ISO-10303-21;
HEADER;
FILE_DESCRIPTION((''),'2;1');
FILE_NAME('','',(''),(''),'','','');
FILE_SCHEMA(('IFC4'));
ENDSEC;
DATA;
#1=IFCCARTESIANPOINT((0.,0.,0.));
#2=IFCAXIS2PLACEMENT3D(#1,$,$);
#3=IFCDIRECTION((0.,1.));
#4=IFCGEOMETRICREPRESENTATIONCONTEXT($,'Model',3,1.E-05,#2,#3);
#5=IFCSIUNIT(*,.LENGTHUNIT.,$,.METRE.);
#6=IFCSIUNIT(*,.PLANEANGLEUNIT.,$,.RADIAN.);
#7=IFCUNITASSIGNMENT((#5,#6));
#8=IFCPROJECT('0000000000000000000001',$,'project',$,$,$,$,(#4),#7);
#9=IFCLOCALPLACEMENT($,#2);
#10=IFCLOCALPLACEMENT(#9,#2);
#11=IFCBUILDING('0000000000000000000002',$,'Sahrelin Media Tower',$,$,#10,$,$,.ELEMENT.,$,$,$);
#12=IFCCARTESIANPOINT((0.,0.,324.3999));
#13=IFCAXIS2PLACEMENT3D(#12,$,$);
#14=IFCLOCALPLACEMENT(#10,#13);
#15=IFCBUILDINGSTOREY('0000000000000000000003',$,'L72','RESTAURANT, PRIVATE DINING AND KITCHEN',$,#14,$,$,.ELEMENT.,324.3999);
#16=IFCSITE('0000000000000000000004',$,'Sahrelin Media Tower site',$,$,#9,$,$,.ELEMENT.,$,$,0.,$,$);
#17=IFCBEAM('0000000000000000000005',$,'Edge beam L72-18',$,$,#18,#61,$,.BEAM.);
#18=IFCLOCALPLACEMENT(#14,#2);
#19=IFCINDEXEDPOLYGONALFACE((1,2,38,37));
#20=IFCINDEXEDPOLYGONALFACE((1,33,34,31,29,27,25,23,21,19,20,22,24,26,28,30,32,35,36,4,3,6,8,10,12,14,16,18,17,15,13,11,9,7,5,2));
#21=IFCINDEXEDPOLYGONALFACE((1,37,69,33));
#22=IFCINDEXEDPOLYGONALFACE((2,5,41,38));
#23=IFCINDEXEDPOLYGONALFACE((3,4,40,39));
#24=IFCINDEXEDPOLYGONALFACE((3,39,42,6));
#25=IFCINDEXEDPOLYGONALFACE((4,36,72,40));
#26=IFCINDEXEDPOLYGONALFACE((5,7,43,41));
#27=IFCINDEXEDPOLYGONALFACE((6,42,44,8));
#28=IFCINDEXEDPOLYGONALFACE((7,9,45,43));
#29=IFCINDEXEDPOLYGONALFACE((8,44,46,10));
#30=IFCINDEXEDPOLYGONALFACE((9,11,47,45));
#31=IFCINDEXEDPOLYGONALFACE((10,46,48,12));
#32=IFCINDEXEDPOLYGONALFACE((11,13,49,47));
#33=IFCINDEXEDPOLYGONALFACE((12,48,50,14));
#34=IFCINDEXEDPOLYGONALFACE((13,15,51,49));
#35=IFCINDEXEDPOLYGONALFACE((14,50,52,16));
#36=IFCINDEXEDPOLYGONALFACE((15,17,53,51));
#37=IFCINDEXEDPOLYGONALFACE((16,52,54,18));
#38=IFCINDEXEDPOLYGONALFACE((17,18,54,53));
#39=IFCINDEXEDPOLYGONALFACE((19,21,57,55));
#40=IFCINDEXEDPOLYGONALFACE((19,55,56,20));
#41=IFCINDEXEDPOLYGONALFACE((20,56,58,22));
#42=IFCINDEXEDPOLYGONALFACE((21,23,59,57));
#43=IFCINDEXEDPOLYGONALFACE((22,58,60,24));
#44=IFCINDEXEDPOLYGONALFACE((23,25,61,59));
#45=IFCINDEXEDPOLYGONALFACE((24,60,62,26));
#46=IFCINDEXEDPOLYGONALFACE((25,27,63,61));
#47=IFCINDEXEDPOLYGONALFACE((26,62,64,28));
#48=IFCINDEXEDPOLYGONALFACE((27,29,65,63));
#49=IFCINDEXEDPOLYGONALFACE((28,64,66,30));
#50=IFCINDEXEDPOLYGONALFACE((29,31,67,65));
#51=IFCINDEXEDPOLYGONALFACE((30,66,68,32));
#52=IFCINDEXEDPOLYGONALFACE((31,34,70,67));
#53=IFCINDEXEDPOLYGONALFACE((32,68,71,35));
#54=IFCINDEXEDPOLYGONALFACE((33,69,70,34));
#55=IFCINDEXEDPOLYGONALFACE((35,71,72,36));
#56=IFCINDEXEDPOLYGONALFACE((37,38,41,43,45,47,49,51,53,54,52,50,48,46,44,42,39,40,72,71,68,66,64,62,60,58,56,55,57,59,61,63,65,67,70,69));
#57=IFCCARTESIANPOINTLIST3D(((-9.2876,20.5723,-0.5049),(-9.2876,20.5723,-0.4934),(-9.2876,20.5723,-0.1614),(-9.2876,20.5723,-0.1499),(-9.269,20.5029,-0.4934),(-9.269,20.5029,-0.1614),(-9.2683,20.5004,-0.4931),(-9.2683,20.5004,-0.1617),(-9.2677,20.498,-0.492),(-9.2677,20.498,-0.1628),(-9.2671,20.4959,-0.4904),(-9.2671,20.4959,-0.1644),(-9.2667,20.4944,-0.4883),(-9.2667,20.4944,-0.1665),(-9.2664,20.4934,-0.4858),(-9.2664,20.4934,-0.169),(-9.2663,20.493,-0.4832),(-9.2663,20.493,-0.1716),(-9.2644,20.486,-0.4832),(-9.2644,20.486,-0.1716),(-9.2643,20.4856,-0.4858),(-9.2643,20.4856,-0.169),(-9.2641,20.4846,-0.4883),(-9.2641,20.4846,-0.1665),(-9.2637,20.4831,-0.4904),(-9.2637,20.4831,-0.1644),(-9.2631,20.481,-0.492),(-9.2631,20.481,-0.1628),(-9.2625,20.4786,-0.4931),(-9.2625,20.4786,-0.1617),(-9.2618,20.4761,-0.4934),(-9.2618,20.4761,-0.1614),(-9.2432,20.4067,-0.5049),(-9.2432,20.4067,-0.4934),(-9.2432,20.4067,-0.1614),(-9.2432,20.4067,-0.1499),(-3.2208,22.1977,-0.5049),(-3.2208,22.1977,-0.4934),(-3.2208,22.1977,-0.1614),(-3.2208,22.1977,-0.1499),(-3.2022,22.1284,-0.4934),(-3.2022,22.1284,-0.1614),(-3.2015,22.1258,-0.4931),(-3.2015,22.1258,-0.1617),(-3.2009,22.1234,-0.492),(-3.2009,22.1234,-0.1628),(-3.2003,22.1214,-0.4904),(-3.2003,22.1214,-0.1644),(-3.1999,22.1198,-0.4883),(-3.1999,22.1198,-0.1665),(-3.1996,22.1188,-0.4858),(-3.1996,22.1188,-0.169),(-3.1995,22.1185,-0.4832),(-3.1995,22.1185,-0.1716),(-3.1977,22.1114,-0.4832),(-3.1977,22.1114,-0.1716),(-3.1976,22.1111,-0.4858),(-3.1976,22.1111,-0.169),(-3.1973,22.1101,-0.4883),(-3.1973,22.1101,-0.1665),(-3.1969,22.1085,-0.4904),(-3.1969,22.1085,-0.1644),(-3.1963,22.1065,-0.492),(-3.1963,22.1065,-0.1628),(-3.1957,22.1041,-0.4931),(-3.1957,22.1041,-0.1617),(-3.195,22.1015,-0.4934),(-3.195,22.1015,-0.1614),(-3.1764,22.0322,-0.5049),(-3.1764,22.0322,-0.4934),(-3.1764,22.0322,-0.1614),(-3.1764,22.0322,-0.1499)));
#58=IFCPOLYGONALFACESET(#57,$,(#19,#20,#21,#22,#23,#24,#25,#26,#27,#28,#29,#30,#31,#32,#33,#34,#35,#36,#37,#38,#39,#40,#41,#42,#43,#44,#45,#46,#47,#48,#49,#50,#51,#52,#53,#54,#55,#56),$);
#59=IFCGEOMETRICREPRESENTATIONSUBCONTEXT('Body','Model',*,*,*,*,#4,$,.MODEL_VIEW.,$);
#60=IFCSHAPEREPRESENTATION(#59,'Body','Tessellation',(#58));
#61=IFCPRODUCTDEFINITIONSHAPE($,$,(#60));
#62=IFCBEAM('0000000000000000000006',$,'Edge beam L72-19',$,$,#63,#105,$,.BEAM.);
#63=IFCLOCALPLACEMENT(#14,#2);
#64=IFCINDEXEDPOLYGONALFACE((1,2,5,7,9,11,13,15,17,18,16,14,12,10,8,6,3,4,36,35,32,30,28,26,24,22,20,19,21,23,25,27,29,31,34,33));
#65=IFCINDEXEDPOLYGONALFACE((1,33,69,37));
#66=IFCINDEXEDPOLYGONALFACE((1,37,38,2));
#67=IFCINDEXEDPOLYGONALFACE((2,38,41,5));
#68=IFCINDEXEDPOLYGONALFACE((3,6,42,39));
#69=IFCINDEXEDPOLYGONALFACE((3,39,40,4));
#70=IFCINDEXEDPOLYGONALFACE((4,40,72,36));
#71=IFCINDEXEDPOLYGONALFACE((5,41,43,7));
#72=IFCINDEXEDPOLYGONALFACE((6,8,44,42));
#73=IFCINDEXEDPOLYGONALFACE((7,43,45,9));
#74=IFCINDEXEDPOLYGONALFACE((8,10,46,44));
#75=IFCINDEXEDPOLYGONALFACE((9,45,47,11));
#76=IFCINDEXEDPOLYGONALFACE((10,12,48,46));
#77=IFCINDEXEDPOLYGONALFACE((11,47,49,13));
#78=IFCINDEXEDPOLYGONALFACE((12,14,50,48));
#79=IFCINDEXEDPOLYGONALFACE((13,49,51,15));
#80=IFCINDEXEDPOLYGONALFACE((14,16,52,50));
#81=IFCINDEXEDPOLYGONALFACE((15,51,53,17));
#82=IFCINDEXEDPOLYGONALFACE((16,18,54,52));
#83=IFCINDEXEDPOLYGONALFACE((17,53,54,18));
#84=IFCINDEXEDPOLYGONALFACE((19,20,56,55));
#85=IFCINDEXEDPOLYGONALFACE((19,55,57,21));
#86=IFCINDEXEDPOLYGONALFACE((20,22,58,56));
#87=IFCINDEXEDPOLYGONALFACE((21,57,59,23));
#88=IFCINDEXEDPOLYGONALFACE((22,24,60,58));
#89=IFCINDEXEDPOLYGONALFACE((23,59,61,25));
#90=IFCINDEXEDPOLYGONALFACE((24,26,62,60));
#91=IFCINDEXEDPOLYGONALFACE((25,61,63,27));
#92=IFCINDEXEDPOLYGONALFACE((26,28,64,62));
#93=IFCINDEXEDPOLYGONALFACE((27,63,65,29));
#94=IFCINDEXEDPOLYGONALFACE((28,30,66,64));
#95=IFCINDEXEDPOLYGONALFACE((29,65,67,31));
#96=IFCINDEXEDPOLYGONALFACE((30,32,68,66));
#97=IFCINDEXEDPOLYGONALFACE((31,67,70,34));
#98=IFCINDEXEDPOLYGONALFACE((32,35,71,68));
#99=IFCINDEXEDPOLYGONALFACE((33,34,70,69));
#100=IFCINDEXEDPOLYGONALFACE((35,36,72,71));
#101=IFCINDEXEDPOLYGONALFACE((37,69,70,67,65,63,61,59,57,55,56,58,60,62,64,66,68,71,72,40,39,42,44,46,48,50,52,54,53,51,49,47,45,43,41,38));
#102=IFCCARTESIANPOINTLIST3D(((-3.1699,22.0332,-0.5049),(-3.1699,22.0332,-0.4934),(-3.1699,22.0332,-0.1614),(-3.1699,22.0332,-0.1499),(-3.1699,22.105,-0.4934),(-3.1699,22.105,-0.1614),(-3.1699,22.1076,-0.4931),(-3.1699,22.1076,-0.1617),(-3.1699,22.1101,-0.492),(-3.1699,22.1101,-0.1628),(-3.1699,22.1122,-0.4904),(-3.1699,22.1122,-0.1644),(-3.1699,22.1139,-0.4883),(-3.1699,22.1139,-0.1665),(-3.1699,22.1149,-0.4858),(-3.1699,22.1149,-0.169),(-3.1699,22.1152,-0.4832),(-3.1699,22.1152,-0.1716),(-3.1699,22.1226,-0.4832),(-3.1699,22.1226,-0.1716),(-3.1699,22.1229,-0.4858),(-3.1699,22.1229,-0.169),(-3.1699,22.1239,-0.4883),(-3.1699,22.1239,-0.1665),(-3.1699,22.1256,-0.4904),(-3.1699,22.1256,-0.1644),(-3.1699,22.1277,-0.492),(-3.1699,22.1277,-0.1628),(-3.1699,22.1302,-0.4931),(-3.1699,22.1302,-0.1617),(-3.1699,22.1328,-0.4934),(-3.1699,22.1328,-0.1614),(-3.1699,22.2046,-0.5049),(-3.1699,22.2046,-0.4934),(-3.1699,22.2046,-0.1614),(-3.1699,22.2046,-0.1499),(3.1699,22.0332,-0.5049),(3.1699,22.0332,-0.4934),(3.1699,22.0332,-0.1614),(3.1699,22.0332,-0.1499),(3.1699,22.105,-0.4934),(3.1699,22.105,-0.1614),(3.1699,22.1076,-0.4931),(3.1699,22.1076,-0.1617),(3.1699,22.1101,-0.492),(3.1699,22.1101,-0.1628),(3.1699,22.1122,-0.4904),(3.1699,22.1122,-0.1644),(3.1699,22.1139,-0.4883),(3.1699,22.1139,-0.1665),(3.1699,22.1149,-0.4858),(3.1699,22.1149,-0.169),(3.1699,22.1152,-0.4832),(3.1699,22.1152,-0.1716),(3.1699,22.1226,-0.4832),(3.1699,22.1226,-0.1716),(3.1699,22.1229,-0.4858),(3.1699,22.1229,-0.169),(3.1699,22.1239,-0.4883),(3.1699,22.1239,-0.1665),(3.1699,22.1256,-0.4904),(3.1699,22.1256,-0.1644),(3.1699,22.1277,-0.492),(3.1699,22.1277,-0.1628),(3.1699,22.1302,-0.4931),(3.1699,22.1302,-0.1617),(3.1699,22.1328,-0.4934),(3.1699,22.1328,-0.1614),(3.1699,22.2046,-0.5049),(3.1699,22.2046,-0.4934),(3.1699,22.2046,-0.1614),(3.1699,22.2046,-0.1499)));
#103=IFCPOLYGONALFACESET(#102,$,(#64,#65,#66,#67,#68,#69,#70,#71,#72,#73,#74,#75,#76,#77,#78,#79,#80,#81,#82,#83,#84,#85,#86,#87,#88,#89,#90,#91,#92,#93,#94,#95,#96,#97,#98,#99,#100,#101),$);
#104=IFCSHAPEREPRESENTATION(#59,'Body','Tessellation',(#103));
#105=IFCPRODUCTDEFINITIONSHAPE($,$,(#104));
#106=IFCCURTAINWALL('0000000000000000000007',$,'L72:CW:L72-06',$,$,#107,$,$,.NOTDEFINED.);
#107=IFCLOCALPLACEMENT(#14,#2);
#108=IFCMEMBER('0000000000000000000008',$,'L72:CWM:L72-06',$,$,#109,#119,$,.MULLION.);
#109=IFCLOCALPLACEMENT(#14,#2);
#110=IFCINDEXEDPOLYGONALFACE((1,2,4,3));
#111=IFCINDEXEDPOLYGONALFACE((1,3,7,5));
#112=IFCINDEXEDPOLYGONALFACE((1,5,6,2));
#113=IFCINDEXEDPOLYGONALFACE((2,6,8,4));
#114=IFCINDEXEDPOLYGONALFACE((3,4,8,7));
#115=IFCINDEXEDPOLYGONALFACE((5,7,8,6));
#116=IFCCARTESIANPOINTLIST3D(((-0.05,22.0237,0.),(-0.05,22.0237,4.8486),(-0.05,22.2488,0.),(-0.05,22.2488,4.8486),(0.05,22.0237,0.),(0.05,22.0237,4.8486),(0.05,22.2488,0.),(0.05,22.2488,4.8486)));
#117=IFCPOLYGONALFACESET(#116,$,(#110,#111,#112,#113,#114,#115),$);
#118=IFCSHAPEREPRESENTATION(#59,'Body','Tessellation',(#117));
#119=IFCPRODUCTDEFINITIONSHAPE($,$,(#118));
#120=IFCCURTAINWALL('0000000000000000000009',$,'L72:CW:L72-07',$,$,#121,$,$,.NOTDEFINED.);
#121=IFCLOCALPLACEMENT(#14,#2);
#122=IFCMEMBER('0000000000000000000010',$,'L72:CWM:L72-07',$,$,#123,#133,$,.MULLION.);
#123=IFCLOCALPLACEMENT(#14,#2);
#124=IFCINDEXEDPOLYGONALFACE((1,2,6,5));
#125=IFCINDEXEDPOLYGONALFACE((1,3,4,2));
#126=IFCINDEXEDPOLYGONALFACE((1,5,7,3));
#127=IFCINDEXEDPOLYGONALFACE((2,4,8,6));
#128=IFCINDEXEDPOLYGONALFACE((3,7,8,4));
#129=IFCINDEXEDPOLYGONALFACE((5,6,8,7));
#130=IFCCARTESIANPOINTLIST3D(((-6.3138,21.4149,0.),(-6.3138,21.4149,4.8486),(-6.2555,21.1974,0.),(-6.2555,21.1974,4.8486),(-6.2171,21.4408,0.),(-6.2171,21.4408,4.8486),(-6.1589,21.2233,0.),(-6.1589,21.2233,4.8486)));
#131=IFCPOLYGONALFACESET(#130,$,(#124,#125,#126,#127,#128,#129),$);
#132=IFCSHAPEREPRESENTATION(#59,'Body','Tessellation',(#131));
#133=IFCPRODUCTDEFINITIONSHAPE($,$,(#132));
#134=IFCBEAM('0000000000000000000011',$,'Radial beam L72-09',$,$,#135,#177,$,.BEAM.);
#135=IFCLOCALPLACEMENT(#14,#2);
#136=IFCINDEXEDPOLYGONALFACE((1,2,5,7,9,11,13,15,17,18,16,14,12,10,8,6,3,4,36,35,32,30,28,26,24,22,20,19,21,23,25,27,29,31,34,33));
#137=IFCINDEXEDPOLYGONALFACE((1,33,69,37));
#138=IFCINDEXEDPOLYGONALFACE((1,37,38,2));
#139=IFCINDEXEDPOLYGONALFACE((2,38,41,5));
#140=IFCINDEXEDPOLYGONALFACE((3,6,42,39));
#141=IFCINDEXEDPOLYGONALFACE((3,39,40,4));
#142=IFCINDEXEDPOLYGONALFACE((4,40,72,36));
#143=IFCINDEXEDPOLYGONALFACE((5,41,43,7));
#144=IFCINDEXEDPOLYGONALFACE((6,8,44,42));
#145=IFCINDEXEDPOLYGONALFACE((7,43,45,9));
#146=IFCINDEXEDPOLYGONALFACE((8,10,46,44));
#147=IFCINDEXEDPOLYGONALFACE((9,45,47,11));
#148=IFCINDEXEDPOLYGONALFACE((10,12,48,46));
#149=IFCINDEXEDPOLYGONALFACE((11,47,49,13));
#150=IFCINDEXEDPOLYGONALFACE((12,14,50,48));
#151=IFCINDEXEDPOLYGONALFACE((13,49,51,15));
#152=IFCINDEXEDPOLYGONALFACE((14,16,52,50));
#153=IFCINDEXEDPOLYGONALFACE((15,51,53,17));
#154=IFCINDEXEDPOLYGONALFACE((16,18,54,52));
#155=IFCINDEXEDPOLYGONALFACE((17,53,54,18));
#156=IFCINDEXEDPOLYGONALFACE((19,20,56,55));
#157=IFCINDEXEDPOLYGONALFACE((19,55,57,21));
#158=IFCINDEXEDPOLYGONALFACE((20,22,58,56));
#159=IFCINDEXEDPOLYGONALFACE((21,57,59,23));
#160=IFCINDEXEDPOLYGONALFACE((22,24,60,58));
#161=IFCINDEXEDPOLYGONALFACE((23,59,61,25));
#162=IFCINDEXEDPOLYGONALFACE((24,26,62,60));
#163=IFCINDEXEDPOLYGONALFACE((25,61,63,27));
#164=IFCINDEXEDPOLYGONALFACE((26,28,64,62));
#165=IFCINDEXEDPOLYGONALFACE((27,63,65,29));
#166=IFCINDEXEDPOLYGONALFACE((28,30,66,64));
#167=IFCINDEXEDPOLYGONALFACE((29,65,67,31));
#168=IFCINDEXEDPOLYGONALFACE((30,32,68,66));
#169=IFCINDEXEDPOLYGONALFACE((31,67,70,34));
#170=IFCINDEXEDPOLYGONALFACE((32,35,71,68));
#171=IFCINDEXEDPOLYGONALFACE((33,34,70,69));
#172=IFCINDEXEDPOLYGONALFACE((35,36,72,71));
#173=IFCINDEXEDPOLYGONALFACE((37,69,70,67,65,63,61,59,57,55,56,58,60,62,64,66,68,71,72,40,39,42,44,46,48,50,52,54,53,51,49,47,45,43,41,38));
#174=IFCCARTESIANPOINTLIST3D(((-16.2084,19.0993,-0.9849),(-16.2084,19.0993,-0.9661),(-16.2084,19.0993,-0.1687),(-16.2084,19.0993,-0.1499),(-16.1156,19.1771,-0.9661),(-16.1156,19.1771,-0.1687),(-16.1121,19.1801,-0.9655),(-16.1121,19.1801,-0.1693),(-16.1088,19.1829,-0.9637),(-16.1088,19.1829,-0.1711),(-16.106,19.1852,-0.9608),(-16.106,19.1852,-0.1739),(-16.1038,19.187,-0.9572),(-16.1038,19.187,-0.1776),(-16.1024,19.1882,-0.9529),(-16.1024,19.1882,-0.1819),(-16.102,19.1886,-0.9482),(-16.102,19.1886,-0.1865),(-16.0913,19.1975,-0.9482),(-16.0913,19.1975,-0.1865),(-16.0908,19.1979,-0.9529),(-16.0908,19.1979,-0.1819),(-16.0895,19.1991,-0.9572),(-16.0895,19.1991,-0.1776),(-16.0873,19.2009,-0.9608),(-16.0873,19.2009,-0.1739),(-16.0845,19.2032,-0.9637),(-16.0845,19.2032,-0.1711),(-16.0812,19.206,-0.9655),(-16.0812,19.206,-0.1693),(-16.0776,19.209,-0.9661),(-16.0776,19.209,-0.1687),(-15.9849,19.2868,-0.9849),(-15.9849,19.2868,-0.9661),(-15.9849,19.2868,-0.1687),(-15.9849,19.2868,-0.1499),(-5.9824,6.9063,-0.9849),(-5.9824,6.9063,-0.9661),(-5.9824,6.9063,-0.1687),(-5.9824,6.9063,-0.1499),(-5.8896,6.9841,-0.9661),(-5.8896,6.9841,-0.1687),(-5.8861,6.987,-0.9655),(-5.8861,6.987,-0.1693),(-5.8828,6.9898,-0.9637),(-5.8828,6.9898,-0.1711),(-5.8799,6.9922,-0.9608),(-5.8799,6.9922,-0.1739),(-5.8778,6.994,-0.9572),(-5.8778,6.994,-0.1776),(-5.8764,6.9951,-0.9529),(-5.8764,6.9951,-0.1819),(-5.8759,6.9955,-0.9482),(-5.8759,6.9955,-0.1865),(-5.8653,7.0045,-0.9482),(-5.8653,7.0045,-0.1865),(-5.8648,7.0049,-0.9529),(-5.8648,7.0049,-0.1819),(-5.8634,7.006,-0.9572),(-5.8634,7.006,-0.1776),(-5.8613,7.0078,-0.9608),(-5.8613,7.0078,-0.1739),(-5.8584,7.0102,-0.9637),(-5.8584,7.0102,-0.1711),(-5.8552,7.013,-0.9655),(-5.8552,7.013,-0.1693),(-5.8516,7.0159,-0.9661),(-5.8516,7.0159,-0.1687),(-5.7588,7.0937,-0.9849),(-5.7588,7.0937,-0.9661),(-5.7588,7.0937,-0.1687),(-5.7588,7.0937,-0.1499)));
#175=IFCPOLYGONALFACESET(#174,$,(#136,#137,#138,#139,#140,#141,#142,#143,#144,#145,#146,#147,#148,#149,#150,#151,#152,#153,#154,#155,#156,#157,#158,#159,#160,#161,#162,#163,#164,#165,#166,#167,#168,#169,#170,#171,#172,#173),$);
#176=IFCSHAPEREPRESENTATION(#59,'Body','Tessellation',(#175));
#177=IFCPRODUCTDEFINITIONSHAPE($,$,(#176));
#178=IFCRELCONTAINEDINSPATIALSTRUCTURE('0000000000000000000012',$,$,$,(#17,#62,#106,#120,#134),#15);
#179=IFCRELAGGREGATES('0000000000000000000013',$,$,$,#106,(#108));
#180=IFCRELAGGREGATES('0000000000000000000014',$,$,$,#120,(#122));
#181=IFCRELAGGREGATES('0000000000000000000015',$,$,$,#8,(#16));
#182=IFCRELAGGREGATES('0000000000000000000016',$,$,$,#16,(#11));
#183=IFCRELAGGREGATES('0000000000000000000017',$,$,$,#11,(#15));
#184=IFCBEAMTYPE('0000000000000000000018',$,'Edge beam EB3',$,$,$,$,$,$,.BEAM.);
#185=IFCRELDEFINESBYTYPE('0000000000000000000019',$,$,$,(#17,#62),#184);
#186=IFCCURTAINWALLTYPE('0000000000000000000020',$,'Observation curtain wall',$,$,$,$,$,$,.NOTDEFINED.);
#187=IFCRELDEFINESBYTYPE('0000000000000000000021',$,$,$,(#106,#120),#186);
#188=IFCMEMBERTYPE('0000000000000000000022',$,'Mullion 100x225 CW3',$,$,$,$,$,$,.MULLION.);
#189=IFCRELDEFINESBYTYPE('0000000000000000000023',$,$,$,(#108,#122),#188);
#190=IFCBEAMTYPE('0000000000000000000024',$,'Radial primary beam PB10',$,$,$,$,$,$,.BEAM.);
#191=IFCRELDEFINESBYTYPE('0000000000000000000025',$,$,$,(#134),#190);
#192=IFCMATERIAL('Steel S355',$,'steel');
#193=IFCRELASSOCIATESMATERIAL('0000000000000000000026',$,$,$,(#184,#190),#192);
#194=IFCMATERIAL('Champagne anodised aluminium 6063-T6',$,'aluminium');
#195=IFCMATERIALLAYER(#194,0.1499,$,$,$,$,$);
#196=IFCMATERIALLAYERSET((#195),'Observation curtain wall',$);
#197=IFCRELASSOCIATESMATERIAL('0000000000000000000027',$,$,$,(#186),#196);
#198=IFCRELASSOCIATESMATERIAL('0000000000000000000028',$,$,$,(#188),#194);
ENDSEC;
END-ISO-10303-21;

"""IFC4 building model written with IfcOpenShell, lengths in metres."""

from ifc_helpers import new_model, si_unit, direction, frame, origin, origin_2d, place, context, subcontext, project, spatial, rectangle, i_section, extrude, material, layer, layer_set, material_profile, profile_set, type_object, element, aggregate, save


model = new_model("IFC4")

# Units and contexts
model_context = context("Model", 3, precision=1e-05, world=origin(), true_north=direction((0.0, 1.0)))
body_context = subcontext(model_context, "Body", "Model", "MODEL_VIEW")
ifc_project = project(units=[si_unit("LENGTHUNIT", "METRE"), si_unit("PLANEANGLEUNIT", "RADIAN")], contexts=[model_context])

# Site, building, storey
site_placement = place(None, origin())
site = spatial("IfcSite", under=ifc_project, at=site_placement, Name="Sahrelin Media Tower site", CompositionType="ELEMENT", RefElevation=0.0)
building_placement = place(site_placement, origin())
building = spatial("IfcBuilding", under=site, at=building_placement, Name="Sahrelin Media Tower", CompositionType="ELEMENT")
storey_placement = place(building_placement, frame((0.0, 0.0, 324.3999)))
storey = spatial("IfcBuildingStorey", under=building, at=storey_placement, Name="L72", Description="RESTAURANT, PRIVATE DINING AND KITCHEN", CompositionType="ELEMENT", Elevation=324.3999)

# Beams
ifc_material_1 = material(Name="Steel S355", Category="steel")
ifc_material_profile_1 = material_profile(ifc_material_1, i_section(OverallWidth=0.1714, OverallDepth=0.355, WebThickness=0.0073, FlangeThickness=0.0115, FilletRadius=0.0103, at=origin_2d()), Name="UB 356x171x51")
ifc_profile_set_1 = profile_set([ifc_material_profile_1], Name="Steel S355")
beam_type_1 = type_object("IfcBeamType", Name="Edge beam EB3", PredefinedType="BEAM", material=ifc_profile_set_1)
beam_1_placement = place(storey_placement, frame((-9.2654, 20.4895, -0.3274), z_axis=(0.965931, 0.2588, 0.0), x_axis=(-0.2588, 0.965931, 0.0)))
element("IfcBeam", 1, at=beam_1_placement, inside=storey, type_object=beam_type_1, Name="Edge beam L72-18", PredefinedType="BEAM", context=body_context, shape_type="SweptSolid", body=[
    extrude(i_section(OverallWidth=0.1714, OverallDepth=0.355, WebThickness=0.0073, FlangeThickness=0.0115, FilletRadius=0.0103, at=origin_2d()), origin(), (0.0, 0.0, 1.0), 6.2808),
])
beam_2_placement = place(storey_placement, frame((-3.1699, 22.1189, -0.3274), z_axis=(1.0, 0.0, 0.0), x_axis=(0.0, 1.0, 0.0)))
element("IfcBeam", 2, at=beam_2_placement, inside=storey, type_object=beam_type_1, Name="Edge beam L72-19", PredefinedType="BEAM", context=body_context, shape_type="SweptSolid", body=[
    extrude(i_section(OverallWidth=0.1714, OverallDepth=0.355, WebThickness=0.0073, FlangeThickness=0.0115, FilletRadius=0.0103, at=origin_2d()), origin(), (0.0, 0.0, 1.0), 6.3398),
])

# Curtain walls, members
ifc_material_2 = material(Name="Champagne anodised aluminium 6063-T6", Category="aluminium")
ifc_layer_1 = layer(ifc_material_2, 0.1499)
ifc_layer_set_1 = layer_set([ifc_layer_1], Name="Observation curtain wall")
curtain_wall_type = type_object("IfcCurtainWallType", Name="Observation curtain wall", PredefinedType="NOTDEFINED", material=ifc_layer_set_1)
placement_1 = place(storey_placement, frame((0.0, 22.2688, 0.0), z_axis=(0.0, 0.0, 1.0), x_axis=(1.0, 0.0, 0.0)))
curtain_wall_1 = element("IfcCurtainWall", 3, at=placement_1, inside=storey, type_object=curtain_wall_type, Name="L72:CW:L72-06", PredefinedType="NOTDEFINED")
ifc_material_profile_2 = material_profile(ifc_material_2, rectangle(XDim=0.1001, YDim=0.2251, at=origin_2d()), Name="Mullion 100x225")
ifc_profile_set_2 = profile_set([ifc_material_profile_2], Name="Champagne anodised aluminium 6063-T6")
member_type_1 = type_object("IfcMemberType", Name="Mullion 100x225 CW3", PredefinedType="MULLION", material=ifc_profile_set_2)
member_1_placement = place(storey_placement, frame((0.0, 22.1362, 0.0), z_axis=(0.0, 0.0, 1.0), x_axis=(-1.0, 0.0, 0.0)))
member_1 = element("IfcMember", 4, at=member_1_placement, type_object=member_type_1, Name="L72:CWM:L72-06", PredefinedType="MULLION", context=body_context, shape_type="SweptSolid", body=[
    extrude(rectangle(XDim=0.1001, YDim=0.2251, at=origin_2d()), origin(), (0.0, 0.0, 1.0), 4.8486),
])
aggregate(curtain_wall_1, [member_1])
curtain_wall_2_placement = place(storey_placement, frame((-6.2708, 21.447, 0.0), z_axis=(0.0, 0.0, 1.0), x_axis=(1.0, 0.0, 0.0)))
curtain_wall_2 = element("IfcCurtainWall", 5, at=curtain_wall_2_placement, inside=storey, type_object=curtain_wall_type, Name="L72:CW:L72-07", PredefinedType="NOTDEFINED")
member_2_placement = place(storey_placement, frame((-6.2363, 21.3191, 0.0), z_axis=(0.0, 0.0, 1.0), x_axis=(-0.965925, -0.258821, 0.0)))
member_2 = element("IfcMember", 6, at=member_2_placement, type_object=member_type_1, Name="L72:CWM:L72-07", PredefinedType="MULLION", context=body_context, shape_type="SweptSolid", body=[
    extrude(rectangle(XDim=0.1001, YDim=0.2251, at=origin_2d()), origin(), (0.0, 0.0, 1.0), 4.8486),
])

# Beam
ifc_material_profile_3 = material_profile(ifc_material_1, i_section(OverallWidth=0.2917, OverallDepth=0.835, WebThickness=0.0139, FlangeThickness=0.0188, FilletRadius=0.0178, at=origin_2d()), Name="UB 838x292x176")
ifc_profile_set_3 = profile_set([ifc_material_profile_3], Name="Steel S355")
beam_type_2 = type_object("IfcBeamType", Name="Radial primary beam PB10", PredefinedType="BEAM", material=ifc_profile_set_3)
beam_3_placement = place(storey_placement, frame((-5.8706, 7.0, -0.5674), z_axis=(-0.642597, 0.766204, 0.0), x_axis=(-0.766204, -0.642597, 0.0)))
element("IfcBeam", 7, at=beam_3_placement, inside=storey, type_object=beam_type_2, Name="Radial beam L72-09", PredefinedType="BEAM", context=body_context, shape_type="SweptSolid", body=[
    extrude(i_section(OverallWidth=0.2917, OverallDepth=0.835, WebThickness=0.0139, FlangeThickness=0.0188, FilletRadius=0.0178, at=origin_2d()), origin(), (0.0, 0.0, 1.0), 15.9136),
])

aggregate(curtain_wall_2, [member_2])

save(model, "model.ifc")
